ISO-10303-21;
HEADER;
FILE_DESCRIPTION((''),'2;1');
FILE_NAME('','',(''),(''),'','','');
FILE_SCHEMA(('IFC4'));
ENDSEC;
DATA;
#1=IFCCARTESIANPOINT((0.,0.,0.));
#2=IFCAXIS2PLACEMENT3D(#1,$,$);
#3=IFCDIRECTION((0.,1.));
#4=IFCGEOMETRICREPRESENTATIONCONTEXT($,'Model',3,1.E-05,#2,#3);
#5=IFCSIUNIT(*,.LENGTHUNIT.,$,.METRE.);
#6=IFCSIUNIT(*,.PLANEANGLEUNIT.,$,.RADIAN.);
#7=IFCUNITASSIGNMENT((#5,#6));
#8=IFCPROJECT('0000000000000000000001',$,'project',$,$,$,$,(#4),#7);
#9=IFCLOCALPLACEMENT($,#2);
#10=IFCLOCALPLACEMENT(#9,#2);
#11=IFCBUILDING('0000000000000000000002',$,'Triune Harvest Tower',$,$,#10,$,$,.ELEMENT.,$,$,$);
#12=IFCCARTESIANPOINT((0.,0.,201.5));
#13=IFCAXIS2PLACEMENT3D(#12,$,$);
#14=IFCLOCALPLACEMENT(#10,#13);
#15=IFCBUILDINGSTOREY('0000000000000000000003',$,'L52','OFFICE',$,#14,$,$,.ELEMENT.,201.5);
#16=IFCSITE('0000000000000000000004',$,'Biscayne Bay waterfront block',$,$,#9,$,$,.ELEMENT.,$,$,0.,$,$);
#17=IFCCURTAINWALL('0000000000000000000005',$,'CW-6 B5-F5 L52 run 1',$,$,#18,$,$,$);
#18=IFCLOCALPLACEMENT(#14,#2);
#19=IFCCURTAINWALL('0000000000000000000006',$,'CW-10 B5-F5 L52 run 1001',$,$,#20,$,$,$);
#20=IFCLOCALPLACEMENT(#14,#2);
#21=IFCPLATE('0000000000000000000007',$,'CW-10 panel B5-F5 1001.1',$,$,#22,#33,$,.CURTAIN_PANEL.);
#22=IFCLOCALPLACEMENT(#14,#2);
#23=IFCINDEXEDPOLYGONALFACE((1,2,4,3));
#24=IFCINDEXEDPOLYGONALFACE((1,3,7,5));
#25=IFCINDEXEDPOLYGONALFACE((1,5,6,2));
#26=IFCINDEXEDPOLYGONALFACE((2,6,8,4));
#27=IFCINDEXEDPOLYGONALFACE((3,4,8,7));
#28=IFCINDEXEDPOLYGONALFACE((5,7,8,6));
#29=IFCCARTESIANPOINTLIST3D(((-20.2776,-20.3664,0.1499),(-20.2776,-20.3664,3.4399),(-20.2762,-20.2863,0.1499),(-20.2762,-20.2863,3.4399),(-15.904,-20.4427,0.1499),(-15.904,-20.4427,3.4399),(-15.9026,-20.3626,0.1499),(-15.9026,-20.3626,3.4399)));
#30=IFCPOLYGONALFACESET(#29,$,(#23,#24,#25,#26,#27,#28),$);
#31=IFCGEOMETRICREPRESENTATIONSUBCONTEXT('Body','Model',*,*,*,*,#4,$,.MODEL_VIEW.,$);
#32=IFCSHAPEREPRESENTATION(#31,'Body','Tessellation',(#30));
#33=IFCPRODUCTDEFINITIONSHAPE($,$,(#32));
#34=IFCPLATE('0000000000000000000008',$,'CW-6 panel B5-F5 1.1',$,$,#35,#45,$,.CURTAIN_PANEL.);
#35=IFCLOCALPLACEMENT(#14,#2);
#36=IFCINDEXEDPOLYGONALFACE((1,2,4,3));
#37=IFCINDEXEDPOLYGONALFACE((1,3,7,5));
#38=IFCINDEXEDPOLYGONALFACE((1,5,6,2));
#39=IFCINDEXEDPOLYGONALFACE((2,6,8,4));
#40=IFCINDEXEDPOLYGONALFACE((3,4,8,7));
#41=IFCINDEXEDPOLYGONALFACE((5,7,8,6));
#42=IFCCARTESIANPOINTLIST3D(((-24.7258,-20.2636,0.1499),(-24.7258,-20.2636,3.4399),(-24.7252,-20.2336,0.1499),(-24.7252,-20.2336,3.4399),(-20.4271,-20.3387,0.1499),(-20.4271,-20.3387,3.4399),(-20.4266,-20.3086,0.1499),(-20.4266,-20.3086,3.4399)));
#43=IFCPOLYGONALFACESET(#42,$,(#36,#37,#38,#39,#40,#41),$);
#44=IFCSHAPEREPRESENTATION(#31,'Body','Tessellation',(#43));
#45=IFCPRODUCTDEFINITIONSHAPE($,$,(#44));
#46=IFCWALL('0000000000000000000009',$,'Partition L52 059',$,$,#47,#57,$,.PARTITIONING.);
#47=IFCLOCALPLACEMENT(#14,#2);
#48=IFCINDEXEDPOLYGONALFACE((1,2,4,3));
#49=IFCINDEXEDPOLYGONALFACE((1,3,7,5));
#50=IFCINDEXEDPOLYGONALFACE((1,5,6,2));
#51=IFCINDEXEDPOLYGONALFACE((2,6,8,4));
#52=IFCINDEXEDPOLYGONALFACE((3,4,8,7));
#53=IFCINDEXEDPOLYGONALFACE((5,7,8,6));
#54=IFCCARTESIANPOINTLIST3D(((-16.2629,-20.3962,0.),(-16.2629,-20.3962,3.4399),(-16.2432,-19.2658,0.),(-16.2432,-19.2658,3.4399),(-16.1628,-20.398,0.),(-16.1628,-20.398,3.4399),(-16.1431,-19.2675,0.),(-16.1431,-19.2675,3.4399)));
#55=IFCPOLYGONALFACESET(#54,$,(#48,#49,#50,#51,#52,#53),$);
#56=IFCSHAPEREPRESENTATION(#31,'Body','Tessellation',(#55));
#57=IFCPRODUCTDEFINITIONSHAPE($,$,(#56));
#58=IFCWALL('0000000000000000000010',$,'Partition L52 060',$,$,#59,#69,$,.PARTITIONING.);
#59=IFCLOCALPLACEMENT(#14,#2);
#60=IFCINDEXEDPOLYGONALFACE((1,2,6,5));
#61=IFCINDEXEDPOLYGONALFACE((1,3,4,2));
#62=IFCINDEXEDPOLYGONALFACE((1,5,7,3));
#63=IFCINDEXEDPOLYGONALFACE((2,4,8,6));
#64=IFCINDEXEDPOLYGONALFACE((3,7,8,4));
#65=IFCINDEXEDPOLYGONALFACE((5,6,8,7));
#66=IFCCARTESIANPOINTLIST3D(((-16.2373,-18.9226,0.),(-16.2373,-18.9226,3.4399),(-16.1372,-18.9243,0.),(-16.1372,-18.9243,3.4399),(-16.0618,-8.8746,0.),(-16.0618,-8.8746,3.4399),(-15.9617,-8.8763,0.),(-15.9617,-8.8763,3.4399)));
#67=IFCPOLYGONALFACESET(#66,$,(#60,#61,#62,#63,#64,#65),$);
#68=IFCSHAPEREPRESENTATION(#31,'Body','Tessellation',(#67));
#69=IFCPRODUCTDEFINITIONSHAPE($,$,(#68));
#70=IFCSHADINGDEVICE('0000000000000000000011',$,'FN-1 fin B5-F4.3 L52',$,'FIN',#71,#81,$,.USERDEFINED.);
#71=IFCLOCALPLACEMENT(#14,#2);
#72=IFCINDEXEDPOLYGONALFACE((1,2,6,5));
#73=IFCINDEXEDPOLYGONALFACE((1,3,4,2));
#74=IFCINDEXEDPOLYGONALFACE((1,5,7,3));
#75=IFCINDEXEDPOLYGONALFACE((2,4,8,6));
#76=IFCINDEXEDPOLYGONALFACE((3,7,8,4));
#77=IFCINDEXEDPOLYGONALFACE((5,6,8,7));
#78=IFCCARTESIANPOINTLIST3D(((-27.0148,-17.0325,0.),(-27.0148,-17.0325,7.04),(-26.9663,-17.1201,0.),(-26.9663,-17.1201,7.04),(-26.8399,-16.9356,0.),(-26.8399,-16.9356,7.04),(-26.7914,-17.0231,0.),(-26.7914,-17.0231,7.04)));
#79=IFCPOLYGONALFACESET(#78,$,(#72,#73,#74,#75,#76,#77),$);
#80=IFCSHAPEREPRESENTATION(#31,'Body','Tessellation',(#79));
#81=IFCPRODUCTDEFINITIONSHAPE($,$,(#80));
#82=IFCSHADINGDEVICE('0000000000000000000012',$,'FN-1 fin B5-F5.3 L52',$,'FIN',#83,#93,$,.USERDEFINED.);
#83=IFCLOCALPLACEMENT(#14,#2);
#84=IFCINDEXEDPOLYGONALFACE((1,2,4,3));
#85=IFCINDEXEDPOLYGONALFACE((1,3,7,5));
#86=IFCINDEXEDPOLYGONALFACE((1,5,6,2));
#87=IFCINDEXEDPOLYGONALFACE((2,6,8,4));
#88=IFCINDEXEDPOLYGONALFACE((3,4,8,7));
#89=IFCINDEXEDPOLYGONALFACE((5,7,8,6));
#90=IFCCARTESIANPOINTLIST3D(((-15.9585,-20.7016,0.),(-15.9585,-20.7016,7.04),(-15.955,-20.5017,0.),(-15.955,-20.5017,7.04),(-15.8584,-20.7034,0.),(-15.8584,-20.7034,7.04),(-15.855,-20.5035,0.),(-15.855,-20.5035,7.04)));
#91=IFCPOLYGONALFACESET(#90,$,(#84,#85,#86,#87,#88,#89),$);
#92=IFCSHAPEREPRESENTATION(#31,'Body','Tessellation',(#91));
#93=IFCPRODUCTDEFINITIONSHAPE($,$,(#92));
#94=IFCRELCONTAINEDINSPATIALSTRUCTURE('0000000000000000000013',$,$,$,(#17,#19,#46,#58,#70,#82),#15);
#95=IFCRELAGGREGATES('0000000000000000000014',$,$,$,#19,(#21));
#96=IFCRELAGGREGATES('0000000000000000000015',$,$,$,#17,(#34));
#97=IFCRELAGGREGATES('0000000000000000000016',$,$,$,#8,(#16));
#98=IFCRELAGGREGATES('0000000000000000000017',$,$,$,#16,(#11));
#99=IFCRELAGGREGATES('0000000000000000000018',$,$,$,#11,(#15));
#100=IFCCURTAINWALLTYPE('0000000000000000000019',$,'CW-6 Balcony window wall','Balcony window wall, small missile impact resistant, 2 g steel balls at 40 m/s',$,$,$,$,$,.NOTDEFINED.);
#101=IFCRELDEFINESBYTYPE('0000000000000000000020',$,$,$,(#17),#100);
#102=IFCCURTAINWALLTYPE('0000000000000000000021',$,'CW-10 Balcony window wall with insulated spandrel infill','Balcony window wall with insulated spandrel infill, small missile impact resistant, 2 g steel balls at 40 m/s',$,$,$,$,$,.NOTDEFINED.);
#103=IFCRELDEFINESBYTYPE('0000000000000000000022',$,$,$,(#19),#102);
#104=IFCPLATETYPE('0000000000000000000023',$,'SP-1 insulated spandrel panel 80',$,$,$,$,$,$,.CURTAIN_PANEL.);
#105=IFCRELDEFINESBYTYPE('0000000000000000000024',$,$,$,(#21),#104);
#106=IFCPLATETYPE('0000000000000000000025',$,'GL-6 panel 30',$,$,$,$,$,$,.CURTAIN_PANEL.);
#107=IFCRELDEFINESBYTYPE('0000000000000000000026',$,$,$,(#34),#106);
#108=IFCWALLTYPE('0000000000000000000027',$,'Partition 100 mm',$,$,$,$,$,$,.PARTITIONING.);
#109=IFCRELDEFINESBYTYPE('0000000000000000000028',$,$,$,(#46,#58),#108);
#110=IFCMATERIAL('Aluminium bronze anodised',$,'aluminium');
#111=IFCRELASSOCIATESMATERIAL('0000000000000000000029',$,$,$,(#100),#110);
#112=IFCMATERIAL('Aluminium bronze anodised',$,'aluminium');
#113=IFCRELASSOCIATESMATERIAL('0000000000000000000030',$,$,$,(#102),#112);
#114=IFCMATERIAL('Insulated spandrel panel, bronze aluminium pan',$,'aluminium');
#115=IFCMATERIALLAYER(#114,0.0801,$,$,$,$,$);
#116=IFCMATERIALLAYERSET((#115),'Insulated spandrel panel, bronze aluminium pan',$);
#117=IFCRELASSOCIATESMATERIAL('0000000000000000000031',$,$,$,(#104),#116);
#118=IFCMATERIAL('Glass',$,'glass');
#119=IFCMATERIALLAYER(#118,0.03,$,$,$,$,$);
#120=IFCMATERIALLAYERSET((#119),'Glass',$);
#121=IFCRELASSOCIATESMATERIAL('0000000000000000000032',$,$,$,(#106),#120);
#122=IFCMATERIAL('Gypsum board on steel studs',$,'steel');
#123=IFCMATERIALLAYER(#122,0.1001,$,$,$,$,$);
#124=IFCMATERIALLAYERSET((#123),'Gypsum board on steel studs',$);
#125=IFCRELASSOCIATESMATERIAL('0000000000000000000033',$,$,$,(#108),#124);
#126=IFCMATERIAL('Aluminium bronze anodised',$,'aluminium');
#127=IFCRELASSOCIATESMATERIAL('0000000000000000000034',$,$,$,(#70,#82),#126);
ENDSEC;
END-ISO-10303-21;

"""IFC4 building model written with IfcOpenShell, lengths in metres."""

from ifc_helpers import new_model, si_unit, direction, frame, frame_2d, origin, origin_2d, place, context, subcontext, project, spatial, rectangle, extrude, source, transform, mapped, material, layer, layer_set, type_object, element, aggregate, save


model = new_model("IFC4")

# Units and contexts
model_context = context("Model", 3, precision=1e-05, world=origin(), true_north=direction((0.0, 1.0)))
body_context = subcontext(model_context, "Body", "Model", "MODEL_VIEW")
ifc_project = project(units=[si_unit("LENGTHUNIT", "METRE"), si_unit("PLANEANGLEUNIT", "RADIAN")], contexts=[model_context])

# Site, building, storey
site_placement = place(None, origin())
site = spatial("IfcSite", under=ifc_project, at=site_placement, Name="Biscayne Bay waterfront block", CompositionType="ELEMENT", RefElevation=0.0)
building_placement = place(site_placement, origin())
building = spatial("IfcBuilding", under=site, at=building_placement, Name="Triune Harvest Tower", CompositionType="ELEMENT")
storey_placement = place(building_placement, frame((0.0, 0.0, 201.5)))
storey = spatial("IfcBuildingStorey", under=building, at=storey_placement, Name="L52", Description="OFFICE", CompositionType="ELEMENT", Elevation=201.5)

# Curtain wall
ifc_material_1 = material(Name="Aluminium bronze anodised", Category="aluminium")
curtain_wall_type_1 = type_object("IfcCurtainWallType", Name="CW-6 Balcony window wall", Description="Balcony window wall, small missile impact resistant, 2 g steel balls at 40 m/s", PredefinedType="NOTDEFINED", material=ifc_material_1)
curtain_wall_1_placement = place(storey_placement, origin())
curtain_wall_1 = element("IfcCurtainWall", 1, at=curtain_wall_1_placement, inside=storey, type_object=curtain_wall_type_1, Name="CW-6 B5-F5 L52 run 1")

# Curtain wall
ifc_material_2 = material(Name="Aluminium bronze anodised", Category="aluminium")
curtain_wall_type_2 = type_object("IfcCurtainWallType", Name="CW-10 Balcony window wall with insulated spandrel infill", Description="Balcony window wall with insulated spandrel infill, small missile impact resistant, 2 g steel balls at 40 m/s", PredefinedType="NOTDEFINED", material=ifc_material_2)
curtain_wall_2_placement = place(storey_placement, origin())
curtain_wall_2 = element("IfcCurtainWall", 2, at=curtain_wall_2_placement, inside=storey, type_object=curtain_wall_type_2, Name="CW-10 B5-F5 L52 run 1001")

# Plates
ifc_material_3 = material(Name="Insulated spandrel panel, bronze aluminium pan", Category="aluminium")
ifc_layer_1 = layer(ifc_material_3, 0.0801)
ifc_layer_set_1 = layer_set([ifc_layer_1], Name="Insulated spandrel panel, bronze aluminium pan")
plate_type_1 = type_object("IfcPlateType", Name="SP-1 insulated spandrel panel 80", PredefinedType="CURTAIN_PANEL", material=ifc_layer_set_1)
shared_shape_1 = source(origin(), body_context, "Body", "SweptSolid", [
    extrude(rectangle(XDim=4.3743, YDim=0.0801, at=origin_2d()), origin(), (0.0, 0.0, 1.0), 3.29),
])
plate_1_placement = place(storey_placement, frame((-18.0901, -20.3645, 0.1499), z_axis=(0.0, 0.0, 1.0), x_axis=(0.999848, -0.017452, 0.0)))
plate_1 = element("IfcPlate", 3, at=plate_1_placement, type_object=plate_type_1, Name="CW-10 panel B5-F5 1001.1", PredefinedType="CURTAIN_PANEL", context=body_context, shape_type="MappedRepresentation", body=[
    mapped(shared_shape_1, transform((0.0, 0.0, 0.0), scale=1.0)),
])
aggregate(curtain_wall_2, [plate_1])
ifc_material_4 = material(Name="Glass", Category="glass")
ifc_layer_2 = layer(ifc_material_4, 0.03)
ifc_layer_set_2 = layer_set([ifc_layer_2], Name="Glass")
plate_type_2 = type_object("IfcPlateType", Name="GL-6 panel 30", PredefinedType="CURTAIN_PANEL", material=ifc_layer_set_2)
shared_shape_2 = source(origin(), body_context, "Body", "SweptSolid", [
    extrude(rectangle(XDim=4.2993, YDim=0.03, at=origin_2d()), origin(), (0.0, 0.0, 1.0), 3.29),
])
plate_2_placement = place(storey_placement, frame((-22.5762, -20.2861, 0.1499), z_axis=(0.0, 0.0, 1.0), x_axis=(0.999848, -0.017447, 0.0)))
plate_2 = element("IfcPlate", 4, at=plate_2_placement, type_object=plate_type_2, Name="CW-6 panel B5-F5 1.1", PredefinedType="CURTAIN_PANEL", context=body_context, shape_type="MappedRepresentation", body=[
    mapped(shared_shape_2, transform((0.0, 0.0, 0.0), scale=1.0)),
])
aggregate(curtain_wall_1, [plate_2])

# Walls
ifc_material_5 = material(Name="Gypsum board on steel studs", Category="steel")
ifc_layer_3 = layer(ifc_material_5, 0.1001)
ifc_layer_set_3 = layer_set([ifc_layer_3], Name="Gypsum board on steel studs")
wall_type = type_object("IfcWallType", Name="Partition 100 mm", PredefinedType="PARTITIONING", material=ifc_layer_set_3)
shared_shape_3 = source(origin(), body_context, "Body", "SweptSolid", [
    extrude(rectangle(XDim=1.1306, YDim=0.1001, at=frame_2d((0.5654, 0.0))), origin(), (0.0, 0.0, 1.0), 3.4399),
])
wall_1_placement = place(storey_placement, frame((-16.2129, -20.3972, 0.0), z_axis=(0.0, 0.0, 1.0), x_axis=(0.017492, 0.999847, 0.0)))
element("IfcWall", 5, at=wall_1_placement, inside=storey, type_object=wall_type, Name="Partition L52 059", PredefinedType="PARTITIONING", context=body_context, shape_type="MappedRepresentation", body=[
    mapped(shared_shape_3, transform((0.0, 0.0, 0.0), scale=1.0)),
])
shared_shape_4 = source(origin(), body_context, "Body", "SweptSolid", [
    extrude(rectangle(XDim=10.0496, YDim=0.1001, at=frame_2d((5.0249, 0.0))), origin(), (0.0, 0.0, 1.0), 3.4399),
])
wall_2_placement = place(storey_placement, frame((-16.1873, -18.9236, 0.0), z_axis=(0.0, 0.0, 1.0), x_axis=(0.017467, 0.999847, 0.0)))
element("IfcWall", 6, at=wall_2_placement, inside=storey, type_object=wall_type, Name="Partition L52 060", PredefinedType="PARTITIONING", context=body_context, shape_type="MappedRepresentation", body=[
    mapped(shared_shape_4, transform((0.0, 0.0, 0.0), scale=1.0)),
])

# Shading devices
ifc_material_6 = material(Name="Aluminium bronze anodised", Category="aluminium")
shared_shape_5 = source(origin(), body_context, "Body", "SweptSolid", [
    extrude(rectangle(XDim=0.1001, YDim=0.2, at=origin_2d()), origin(), (0.0, 0.0, 1.0), 7.04),
])
for number, where, z_axis, x_axis, name in (
    (7, (-26.9031, -17.0278, 0.0), (0.0, 0.0, 1.0), (0.484802, -0.874624, 0.0), "FN-1 fin B5-F4.3 L52"),
    (8, (-15.9067, -20.6025, 0.0), (0.0, 0.0, 1.0), (0.999848, -0.017452, 0.0), "FN-1 fin B5-F5.3 L52"),
):
    element("IfcShadingDevice", number, at=place(storey_placement, frame(where, z_axis=z_axis, x_axis=x_axis)), inside=storey, material=ifc_material_6, Name=name, ObjectType="FIN", PredefinedType="USERDEFINED", context=body_context, shape_type="MappedRepresentation", body=[
        mapped(shared_shape_5, transform((0.0, 0.0, 0.0), scale=1.0)),
    ])

save(model, "model.ifc")
